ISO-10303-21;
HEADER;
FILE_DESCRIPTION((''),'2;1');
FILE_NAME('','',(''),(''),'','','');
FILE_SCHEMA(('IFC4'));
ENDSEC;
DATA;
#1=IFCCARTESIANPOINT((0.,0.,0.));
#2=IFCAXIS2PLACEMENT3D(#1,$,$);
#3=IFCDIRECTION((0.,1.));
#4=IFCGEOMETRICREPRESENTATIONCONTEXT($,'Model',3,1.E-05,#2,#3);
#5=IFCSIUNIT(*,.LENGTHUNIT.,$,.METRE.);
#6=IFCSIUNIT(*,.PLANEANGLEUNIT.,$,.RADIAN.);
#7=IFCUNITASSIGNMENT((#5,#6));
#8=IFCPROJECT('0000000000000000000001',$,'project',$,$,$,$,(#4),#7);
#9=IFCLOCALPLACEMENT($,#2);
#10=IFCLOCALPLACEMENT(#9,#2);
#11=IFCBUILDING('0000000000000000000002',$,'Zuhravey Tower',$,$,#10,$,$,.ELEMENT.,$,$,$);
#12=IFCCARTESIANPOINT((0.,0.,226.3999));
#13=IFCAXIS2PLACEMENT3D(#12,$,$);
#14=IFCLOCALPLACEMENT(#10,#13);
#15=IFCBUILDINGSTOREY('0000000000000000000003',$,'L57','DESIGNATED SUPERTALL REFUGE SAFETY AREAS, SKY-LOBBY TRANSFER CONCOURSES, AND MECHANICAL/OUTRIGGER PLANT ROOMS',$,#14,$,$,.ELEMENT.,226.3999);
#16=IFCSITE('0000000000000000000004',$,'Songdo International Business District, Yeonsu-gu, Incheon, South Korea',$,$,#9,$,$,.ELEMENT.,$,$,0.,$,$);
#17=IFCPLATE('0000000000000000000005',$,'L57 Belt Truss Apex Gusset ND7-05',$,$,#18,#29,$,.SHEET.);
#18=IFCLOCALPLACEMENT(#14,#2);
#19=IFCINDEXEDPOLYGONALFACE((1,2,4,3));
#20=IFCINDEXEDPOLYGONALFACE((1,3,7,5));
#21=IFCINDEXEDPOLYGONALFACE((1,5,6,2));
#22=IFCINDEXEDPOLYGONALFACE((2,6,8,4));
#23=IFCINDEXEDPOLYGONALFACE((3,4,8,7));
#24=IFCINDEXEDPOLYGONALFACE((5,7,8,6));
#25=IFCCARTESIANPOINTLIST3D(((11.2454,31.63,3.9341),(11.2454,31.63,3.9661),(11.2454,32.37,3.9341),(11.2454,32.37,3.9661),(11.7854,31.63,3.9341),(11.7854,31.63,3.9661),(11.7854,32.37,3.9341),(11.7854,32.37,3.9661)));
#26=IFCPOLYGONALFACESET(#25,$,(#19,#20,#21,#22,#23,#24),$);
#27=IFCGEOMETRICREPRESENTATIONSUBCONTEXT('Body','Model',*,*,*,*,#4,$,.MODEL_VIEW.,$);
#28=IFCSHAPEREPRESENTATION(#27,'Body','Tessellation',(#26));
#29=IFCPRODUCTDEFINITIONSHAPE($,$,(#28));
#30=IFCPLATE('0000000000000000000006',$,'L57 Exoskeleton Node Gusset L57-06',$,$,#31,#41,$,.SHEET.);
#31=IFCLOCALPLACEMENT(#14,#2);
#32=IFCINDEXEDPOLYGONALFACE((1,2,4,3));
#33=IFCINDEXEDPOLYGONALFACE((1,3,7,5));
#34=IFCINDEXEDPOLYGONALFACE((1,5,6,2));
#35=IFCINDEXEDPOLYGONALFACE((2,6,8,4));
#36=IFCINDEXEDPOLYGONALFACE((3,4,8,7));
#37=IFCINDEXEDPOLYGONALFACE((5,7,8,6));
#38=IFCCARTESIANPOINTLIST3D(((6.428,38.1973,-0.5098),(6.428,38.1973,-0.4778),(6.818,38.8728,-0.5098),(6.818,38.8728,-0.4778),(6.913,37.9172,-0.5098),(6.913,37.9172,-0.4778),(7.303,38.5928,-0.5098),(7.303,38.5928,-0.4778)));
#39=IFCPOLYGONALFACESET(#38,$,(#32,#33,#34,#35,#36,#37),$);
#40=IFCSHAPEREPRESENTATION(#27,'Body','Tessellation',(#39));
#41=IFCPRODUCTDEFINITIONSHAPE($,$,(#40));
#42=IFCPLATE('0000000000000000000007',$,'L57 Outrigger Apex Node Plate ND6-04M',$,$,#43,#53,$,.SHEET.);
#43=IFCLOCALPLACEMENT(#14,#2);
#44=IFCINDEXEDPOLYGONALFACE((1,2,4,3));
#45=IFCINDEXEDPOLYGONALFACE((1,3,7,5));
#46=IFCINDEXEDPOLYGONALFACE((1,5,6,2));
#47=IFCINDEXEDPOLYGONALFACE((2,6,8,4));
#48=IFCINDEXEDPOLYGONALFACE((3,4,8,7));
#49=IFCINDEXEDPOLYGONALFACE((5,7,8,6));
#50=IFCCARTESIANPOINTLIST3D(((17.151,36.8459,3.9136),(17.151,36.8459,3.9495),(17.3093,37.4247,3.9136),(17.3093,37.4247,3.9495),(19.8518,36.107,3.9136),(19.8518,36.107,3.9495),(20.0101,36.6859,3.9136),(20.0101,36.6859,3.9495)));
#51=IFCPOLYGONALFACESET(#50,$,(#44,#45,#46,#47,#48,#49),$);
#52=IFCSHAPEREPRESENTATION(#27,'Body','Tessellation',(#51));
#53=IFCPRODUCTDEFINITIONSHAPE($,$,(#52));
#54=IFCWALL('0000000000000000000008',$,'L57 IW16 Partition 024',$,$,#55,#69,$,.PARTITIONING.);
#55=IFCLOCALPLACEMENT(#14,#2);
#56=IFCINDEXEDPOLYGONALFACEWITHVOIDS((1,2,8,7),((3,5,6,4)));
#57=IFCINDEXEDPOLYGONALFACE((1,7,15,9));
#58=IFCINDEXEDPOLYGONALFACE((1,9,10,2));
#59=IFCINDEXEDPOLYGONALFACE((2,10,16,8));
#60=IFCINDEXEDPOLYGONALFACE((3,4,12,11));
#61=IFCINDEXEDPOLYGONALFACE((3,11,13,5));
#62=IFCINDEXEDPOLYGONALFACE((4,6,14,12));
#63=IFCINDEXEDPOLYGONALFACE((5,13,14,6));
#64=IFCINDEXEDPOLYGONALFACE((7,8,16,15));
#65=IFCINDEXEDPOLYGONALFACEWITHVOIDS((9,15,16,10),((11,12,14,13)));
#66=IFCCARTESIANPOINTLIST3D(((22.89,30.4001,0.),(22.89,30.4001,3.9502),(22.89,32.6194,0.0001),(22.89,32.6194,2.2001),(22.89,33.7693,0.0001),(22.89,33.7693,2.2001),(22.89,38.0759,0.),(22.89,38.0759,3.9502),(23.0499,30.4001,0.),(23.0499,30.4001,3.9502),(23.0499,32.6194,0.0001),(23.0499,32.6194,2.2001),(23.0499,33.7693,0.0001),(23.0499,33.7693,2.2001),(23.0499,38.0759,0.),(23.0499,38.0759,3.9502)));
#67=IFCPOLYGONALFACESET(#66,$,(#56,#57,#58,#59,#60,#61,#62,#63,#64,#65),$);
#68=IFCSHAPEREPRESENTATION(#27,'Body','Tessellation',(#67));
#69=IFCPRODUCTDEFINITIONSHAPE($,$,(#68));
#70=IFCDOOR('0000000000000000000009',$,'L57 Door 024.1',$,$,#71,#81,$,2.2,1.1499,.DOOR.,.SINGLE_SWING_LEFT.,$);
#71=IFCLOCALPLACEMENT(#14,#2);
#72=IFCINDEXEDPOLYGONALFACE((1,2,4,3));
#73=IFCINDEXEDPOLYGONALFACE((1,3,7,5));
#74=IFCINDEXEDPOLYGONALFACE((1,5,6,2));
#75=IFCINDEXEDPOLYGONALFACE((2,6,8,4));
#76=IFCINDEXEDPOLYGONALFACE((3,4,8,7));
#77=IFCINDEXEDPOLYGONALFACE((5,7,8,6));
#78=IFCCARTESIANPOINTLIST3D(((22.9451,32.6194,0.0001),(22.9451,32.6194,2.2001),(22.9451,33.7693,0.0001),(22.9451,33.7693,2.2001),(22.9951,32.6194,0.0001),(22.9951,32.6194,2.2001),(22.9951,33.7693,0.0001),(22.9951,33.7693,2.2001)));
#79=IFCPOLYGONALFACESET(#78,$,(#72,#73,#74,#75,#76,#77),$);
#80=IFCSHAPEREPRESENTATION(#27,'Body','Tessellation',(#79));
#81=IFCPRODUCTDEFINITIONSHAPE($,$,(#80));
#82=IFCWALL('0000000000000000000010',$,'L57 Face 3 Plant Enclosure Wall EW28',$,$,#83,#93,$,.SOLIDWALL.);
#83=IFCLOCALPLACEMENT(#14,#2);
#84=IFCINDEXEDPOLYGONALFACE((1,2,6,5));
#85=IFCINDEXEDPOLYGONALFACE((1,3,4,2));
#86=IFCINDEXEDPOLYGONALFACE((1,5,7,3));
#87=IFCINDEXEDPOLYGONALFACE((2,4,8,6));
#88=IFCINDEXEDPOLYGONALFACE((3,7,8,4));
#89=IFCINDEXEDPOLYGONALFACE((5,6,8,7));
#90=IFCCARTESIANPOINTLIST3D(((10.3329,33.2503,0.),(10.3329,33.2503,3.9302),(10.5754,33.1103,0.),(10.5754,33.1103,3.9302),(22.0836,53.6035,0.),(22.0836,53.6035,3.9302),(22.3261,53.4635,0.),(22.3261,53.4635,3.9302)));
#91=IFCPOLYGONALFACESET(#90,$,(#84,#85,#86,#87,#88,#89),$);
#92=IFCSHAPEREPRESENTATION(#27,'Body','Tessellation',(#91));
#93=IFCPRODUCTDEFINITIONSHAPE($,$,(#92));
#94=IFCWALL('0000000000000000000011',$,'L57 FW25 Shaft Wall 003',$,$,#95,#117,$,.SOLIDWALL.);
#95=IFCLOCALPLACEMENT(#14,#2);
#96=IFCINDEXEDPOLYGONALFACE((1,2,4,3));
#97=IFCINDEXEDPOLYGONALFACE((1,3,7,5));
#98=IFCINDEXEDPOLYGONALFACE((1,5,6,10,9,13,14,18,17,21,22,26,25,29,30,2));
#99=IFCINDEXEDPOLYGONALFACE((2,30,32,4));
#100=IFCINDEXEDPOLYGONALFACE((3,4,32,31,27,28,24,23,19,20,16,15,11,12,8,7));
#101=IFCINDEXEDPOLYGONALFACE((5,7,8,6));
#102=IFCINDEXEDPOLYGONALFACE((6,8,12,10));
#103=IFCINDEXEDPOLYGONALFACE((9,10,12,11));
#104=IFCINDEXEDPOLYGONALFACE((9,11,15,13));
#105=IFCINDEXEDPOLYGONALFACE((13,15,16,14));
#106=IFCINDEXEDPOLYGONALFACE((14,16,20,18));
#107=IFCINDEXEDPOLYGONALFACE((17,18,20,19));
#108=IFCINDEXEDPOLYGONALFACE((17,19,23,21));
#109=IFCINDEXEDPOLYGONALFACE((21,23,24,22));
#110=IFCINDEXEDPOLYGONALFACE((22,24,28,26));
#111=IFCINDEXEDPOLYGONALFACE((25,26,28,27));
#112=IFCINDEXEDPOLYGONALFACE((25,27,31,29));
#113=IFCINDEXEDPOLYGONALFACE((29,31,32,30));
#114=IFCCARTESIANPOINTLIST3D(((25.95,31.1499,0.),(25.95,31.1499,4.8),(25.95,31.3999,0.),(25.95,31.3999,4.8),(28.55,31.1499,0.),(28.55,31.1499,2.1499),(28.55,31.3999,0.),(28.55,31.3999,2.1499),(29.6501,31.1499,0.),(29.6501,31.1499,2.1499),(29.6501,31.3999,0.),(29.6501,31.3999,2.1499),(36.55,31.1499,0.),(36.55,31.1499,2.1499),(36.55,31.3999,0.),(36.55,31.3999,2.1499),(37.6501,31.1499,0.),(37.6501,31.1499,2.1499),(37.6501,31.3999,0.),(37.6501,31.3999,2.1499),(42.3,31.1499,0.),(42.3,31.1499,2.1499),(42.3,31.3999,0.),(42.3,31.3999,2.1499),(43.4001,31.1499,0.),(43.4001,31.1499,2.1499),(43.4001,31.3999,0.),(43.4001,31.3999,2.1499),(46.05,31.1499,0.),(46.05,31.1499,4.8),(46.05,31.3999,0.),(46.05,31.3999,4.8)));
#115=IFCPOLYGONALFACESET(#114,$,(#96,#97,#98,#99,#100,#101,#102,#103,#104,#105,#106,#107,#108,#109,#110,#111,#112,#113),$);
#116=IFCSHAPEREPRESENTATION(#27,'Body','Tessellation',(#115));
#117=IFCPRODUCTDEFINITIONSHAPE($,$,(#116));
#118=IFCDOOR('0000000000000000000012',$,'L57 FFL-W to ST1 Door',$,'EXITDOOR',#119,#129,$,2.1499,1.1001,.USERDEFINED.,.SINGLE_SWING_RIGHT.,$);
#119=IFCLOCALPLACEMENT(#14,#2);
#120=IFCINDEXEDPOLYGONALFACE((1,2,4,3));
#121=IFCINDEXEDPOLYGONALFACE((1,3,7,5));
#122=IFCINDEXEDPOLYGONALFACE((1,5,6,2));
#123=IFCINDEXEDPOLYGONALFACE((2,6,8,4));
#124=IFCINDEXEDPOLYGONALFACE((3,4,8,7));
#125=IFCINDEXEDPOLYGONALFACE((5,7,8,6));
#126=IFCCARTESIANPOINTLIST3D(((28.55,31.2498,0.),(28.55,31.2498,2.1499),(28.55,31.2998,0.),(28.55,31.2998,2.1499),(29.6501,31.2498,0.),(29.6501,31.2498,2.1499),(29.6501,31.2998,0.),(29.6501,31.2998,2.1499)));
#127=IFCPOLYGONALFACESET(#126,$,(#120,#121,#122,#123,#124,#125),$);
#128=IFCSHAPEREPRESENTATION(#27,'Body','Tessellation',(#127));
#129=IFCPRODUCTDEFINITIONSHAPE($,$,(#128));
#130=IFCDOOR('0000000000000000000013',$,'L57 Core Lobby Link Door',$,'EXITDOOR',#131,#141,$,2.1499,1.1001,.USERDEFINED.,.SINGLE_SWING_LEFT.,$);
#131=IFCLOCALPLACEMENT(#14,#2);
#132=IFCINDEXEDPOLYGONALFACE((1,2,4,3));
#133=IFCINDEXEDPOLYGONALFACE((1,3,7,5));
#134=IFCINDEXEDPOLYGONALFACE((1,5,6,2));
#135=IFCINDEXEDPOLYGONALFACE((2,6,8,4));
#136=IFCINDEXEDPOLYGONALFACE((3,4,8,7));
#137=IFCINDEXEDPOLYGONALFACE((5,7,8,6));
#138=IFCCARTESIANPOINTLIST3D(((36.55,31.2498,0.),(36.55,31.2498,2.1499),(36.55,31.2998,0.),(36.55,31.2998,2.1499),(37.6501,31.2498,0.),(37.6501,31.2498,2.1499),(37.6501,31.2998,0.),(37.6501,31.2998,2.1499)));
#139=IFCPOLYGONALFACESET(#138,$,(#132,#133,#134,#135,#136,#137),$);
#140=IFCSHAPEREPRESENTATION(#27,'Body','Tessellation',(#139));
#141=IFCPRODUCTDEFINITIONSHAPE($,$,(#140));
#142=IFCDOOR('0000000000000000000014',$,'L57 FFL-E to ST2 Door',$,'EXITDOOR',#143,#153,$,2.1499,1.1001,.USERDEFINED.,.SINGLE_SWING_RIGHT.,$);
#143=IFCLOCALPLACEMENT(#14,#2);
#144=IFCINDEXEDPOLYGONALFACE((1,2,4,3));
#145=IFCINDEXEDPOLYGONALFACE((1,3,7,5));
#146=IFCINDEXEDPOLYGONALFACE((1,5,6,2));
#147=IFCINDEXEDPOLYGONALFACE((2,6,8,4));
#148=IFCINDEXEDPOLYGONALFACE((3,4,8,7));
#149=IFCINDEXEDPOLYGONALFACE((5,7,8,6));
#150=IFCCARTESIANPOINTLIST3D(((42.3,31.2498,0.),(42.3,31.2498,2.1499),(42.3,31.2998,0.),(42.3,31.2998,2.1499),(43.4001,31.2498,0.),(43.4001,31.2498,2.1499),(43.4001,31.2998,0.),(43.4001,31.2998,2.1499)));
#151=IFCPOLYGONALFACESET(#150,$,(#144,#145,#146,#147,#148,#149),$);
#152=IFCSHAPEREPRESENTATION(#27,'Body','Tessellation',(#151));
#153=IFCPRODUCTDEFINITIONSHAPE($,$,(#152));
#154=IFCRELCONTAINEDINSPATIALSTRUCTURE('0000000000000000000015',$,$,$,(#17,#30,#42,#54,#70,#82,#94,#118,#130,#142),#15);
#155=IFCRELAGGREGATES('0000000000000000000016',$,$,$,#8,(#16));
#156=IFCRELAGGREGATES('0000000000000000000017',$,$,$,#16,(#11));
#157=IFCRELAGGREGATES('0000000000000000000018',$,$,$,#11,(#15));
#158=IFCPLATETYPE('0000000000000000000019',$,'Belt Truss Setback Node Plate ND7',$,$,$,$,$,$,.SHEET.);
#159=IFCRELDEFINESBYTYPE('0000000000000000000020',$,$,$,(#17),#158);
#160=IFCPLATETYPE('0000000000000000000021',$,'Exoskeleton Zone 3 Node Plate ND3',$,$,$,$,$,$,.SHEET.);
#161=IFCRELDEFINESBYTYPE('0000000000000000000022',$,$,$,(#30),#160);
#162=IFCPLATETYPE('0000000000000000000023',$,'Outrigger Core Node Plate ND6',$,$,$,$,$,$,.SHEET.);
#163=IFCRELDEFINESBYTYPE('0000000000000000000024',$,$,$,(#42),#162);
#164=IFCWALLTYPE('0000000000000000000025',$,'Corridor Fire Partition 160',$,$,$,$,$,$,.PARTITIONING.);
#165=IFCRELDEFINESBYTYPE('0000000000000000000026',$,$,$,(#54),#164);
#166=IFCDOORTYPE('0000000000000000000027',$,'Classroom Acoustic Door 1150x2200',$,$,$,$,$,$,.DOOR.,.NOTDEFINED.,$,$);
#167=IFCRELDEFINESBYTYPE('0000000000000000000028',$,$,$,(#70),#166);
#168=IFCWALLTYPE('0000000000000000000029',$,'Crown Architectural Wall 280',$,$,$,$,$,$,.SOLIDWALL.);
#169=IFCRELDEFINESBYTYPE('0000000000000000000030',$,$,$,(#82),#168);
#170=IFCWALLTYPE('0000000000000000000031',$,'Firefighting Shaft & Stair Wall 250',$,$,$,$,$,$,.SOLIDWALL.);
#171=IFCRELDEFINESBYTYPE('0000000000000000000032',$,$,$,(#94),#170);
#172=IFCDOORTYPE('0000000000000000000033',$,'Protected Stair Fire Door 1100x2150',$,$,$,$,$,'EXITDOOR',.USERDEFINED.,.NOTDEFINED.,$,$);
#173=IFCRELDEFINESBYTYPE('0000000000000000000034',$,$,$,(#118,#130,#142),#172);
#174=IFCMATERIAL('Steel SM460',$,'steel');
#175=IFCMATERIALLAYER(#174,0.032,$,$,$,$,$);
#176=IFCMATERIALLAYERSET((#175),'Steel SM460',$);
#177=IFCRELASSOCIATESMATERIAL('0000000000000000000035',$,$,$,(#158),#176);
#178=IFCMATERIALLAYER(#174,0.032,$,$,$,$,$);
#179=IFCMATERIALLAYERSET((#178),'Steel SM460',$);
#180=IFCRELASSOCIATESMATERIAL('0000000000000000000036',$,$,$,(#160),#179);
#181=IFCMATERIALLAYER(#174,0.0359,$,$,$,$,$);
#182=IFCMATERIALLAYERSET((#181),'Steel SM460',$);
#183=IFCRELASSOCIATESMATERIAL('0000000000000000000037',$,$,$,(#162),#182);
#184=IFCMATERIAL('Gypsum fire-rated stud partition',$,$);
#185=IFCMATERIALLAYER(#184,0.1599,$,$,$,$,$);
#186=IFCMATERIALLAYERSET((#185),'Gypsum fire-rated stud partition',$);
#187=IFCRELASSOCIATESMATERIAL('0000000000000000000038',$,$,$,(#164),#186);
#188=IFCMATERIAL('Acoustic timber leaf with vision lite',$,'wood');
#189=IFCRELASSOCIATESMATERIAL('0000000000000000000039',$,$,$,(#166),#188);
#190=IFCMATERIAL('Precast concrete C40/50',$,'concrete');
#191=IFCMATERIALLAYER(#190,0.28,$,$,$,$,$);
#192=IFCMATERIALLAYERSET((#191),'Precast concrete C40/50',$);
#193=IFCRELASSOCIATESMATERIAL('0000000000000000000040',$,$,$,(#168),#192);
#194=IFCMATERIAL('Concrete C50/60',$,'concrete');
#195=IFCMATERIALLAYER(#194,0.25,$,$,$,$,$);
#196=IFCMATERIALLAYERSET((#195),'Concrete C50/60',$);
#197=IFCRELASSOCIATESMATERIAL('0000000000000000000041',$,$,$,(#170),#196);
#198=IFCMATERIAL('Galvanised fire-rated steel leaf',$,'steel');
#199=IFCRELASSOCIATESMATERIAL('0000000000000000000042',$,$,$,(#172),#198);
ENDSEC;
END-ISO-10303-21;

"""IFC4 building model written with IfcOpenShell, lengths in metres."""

from ifc_helpers import new_model, si_unit, direction, frame, frame_2d, origin, origin_2d, place, context, subcontext, project, spatial, rectangle, extrude, material, layer, layer_set, type_object, element, fill, save


model = new_model("IFC4")

# Units and contexts
model_context = context("Model", 3, precision=1e-05, world=origin(), true_north=direction((0.0, 1.0)))
body_context = subcontext(model_context, "Body", "Model", "MODEL_VIEW")
ifc_project = project(units=[si_unit("LENGTHUNIT", "METRE"), si_unit("PLANEANGLEUNIT", "RADIAN")], contexts=[model_context])

# Site, building, storey
site_placement = place(None, origin())
site = spatial("IfcSite", under=ifc_project, at=site_placement, Name="Songdo International Business District, Yeonsu-gu, Incheon, South Korea", CompositionType="ELEMENT", RefElevation=0.0)
building_placement = place(site_placement, origin())
building = spatial("IfcBuilding", under=site, at=building_placement, Name="Zuhravey Tower", CompositionType="ELEMENT")
storey_placement = place(building_placement, frame((0.0, 0.0, 226.3999)))
storey = spatial("IfcBuildingStorey", under=building, at=storey_placement, Name="L57", Description="DESIGNATED SUPERTALL REFUGE SAFETY AREAS, SKY-LOBBY TRANSFER CONCOURSES, AND MECHANICAL/OUTRIGGER PLANT ROOMS", CompositionType="ELEMENT", Elevation=226.3999)

# Shared definitions
ifc_material_1 = material(Name="Concrete C50/60", Category="concrete")

# Shared definitions
ifc_material_2 = material(Name="Steel SM460", Category="steel")

# Plates
ifc_layer_1 = layer(ifc_material_2, 0.032)
ifc_layer_set_1 = layer_set([ifc_layer_1], Name="Steel SM460")
plate_type_1 = type_object("IfcPlateType", Name="Belt Truss Setback Node Plate ND7", PredefinedType="SHEET", material=ifc_layer_set_1)
plate_1_placement = place(storey_placement, frame((11.5154, 32.0, 3.9341), z_axis=(0.0, 0.0, 1.0), x_axis=(0.0, -1.0, 0.0)))
element("IfcPlate", 1, at=plate_1_placement, inside=storey, type_object=plate_type_1, Name="L57 Belt Truss Apex Gusset ND7-05", PredefinedType="SHEET", context=body_context, shape_type="SweptSolid", body=[
    extrude(rectangle(XDim=0.74, YDim=0.54, at=origin_2d()), origin(), (0.0, 0.0, 1.0), 0.032),
])
ifc_layer_2 = layer(ifc_material_2, 0.032)
ifc_layer_set_2 = layer_set([ifc_layer_2], Name="Steel SM460")
plate_type_2 = type_object("IfcPlateType", Name="Exoskeleton Zone 3 Node Plate ND3", PredefinedType="SHEET", material=ifc_layer_set_2)
plate_2_placement = place(storey_placement, frame((6.8655, 38.395, -0.5098), z_axis=(0.0, 0.0, 1.0), x_axis=(-0.5, -0.866025, 0.0)))
element("IfcPlate", 2, at=plate_2_placement, inside=storey, type_object=plate_type_2, Name="L57 Exoskeleton Node Gusset L57-06", PredefinedType="SHEET", context=body_context, shape_type="SweptSolid", body=[
    extrude(rectangle(XDim=0.78, YDim=0.5601, at=origin_2d()), origin(), (0.0, 0.0, 1.0), 0.032),
])
ifc_layer_3 = layer(ifc_material_2, 0.0359)
ifc_layer_set_3 = layer_set([ifc_layer_3], Name="Steel SM460")
plate_type_3 = type_object("IfcPlateType", Name="Outrigger Core Node Plate ND6", PredefinedType="SHEET", material=ifc_layer_set_3)
plate_3_placement = place(storey_placement, frame((18.5806, 36.7659, 3.9136), z_axis=(0.0, 0.0, 1.0), x_axis=(-0.964557, 0.263873, 0.0)))
element("IfcPlate", 3, at=plate_3_placement, inside=storey, type_object=plate_type_3, Name="L57 Outrigger Apex Node Plate ND6-04M", PredefinedType="SHEET", context=body_context, shape_type="SweptSolid", body=[
    extrude(rectangle(XDim=2.8, YDim=0.6001, at=origin_2d()), origin(), (0.0, 0.0, 1.0), 0.0359),
])

# Wall, opening, door
ifc_material_3 = material(Name="Gypsum fire-rated stud partition")
ifc_layer_4 = layer(ifc_material_3, 0.1599)
ifc_layer_set_4 = layer_set([ifc_layer_4], Name="Gypsum fire-rated stud partition")
wall_type_1 = type_object("IfcWallType", Name="Corridor Fire Partition 160", PredefinedType="PARTITIONING", material=ifc_layer_set_4)
wall_1_placement = place(storey_placement, frame((22.97, 38.0759, 0.0), z_axis=(0.0, 0.0, 1.0), x_axis=(0.0, -1.0, 0.0)))
wall_1 = element("IfcWall", 4, at=wall_1_placement, inside=storey, type_object=wall_type_1, Name="L57 IW16 Partition 024", PredefinedType="PARTITIONING", context=body_context, shape_type="SweptSolid", body=[
    extrude(rectangle(XDim=7.6758, YDim=0.1599, at=frame_2d((3.8379, 0.0))), origin(), (0.0, 0.0, 1.0), 3.9502),
])
opening_1_placement = place(wall_1_placement, frame((4.3066, 0.0, 0.0)))
opening_1 = element("IfcOpeningElement", 5, at=opening_1_placement, cuts=wall_1, PredefinedType="OPENING", context=body_context, shape_type="SweptSolid", body=[
    extrude(rectangle(XDim=1.1499, YDim=2.2, at=frame_2d((0.575, 1.1001))), frame((0.0, 0.092, 0.0), z_axis=(0.0, -1.0, 0.0), x_axis=(1.0, 0.0, 0.0)), (0.0, 0.0, 1.0), 0.1838),
])
ifc_material_4 = material(Name="Acoustic timber leaf with vision lite", Category="wood")
door_type_1 = type_object("IfcDoorType", Name="Classroom Acoustic Door 1150x2200", OperationType="NOTDEFINED", PredefinedType="DOOR", material=ifc_material_4)
door_1_placement = place(opening_1_placement, frame((1.1499, 0.0, 0.0), z_axis=(0.0, 0.0, 1.0), x_axis=(-1.0, 0.0, 0.0)))
door_1 = element("IfcDoor", 6, at=door_1_placement, inside=storey, type_object=door_type_1, Name="L57 Door 024.1", OperationType="SINGLE_SWING_LEFT", OverallHeight=2.2, OverallWidth=1.1499, PredefinedType="DOOR", context=body_context, shape_type="SweptSolid", body=[
    extrude(rectangle(XDim=1.1499, YDim=2.2, at=frame_2d((0.575, 1.1001))), frame((0.0, 0.0249, 0.0), z_axis=(0.0, -1.0, 0.0), x_axis=(1.0, 0.0, 0.0)), (0.0, 0.0, 1.0), 0.05),
])
fill(opening_1, door_1)

# Wall
ifc_material_5 = material(Name="Precast concrete C40/50", Category="concrete")
ifc_layer_5 = layer(ifc_material_5, 0.28)
ifc_layer_set_5 = layer_set([ifc_layer_5], Name="Precast concrete C40/50")
wall_type_2 = type_object("IfcWallType", Name="Crown Architectural Wall 280", PredefinedType="SOLIDWALL", material=ifc_layer_set_5)
wall_2_placement = place(storey_placement, frame((10.4541, 33.1802, 0.0), z_axis=(0.0, 0.0, 1.0), x_axis=(0.499993, 0.86603, 0.0)))
element("IfcWall", 7, at=wall_2_placement, inside=storey, type_object=wall_type_2, Name="L57 Face 3 Plant Enclosure Wall EW28", PredefinedType="SOLIDWALL", context=body_context, shape_type="SweptSolid", body=[
    extrude(rectangle(XDim=23.5017, YDim=0.28, at=frame_2d((11.751, 0.0))), origin(), (0.0, 0.0, 1.0), 3.9302),
])

# Wall, openings, doors
ifc_layer_6 = layer(ifc_material_1, 0.25)
ifc_layer_set_6 = layer_set([ifc_layer_6], Name="Concrete C50/60")
wall_type_3 = type_object("IfcWallType", Name="Firefighting Shaft & Stair Wall 250", PredefinedType="SOLIDWALL", material=ifc_layer_set_6)
wall_3_placement = place(storey_placement, frame((25.95, 31.2749, 0.0), z_axis=(0.0, 0.0, 1.0), x_axis=(1.0, 0.0, 0.0)))
wall_3 = element("IfcWall", 8, at=wall_3_placement, inside=storey, type_object=wall_type_3, Name="L57 FW25 Shaft Wall 003", PredefinedType="SOLIDWALL", context=body_context, shape_type="SweptSolid", body=[
    extrude(rectangle(XDim=20.1001, YDim=0.25, at=frame_2d((10.05, 0.0))), origin(), (0.0, 0.0, 1.0), 4.8),
])
opening_2_placement = place(wall_3_placement, frame((2.6001, 0.0, 0.0)))
opening_2 = element("IfcOpeningElement", 9, at=opening_2_placement, cuts=wall_3, PredefinedType="OPENING", context=body_context, shape_type="SweptSolid", body=[
    extrude(rectangle(XDim=1.1001, YDim=2.1499, at=frame_2d((0.55, 1.075))), frame((0.0, 0.137, 0.0), z_axis=(0.0, -1.0, 0.0), x_axis=(1.0, 0.0, 0.0)), (0.0, 0.0, 1.0), 0.2739),
])
opening_3_placement = place(wall_3_placement, frame((10.6001, 0.0, 0.0)))
opening_3 = element("IfcOpeningElement", 10, at=opening_3_placement, cuts=wall_3, PredefinedType="OPENING", context=body_context, shape_type="SweptSolid", body=[
    extrude(rectangle(XDim=1.1001, YDim=2.1499, at=frame_2d((0.55, 1.075))), frame((0.0, 0.137, 0.0), z_axis=(0.0, -1.0, 0.0), x_axis=(1.0, 0.0, 0.0)), (0.0, 0.0, 1.0), 0.2739),
])
opening_4_placement = place(wall_3_placement, frame((16.3501, 0.0, 0.0)))
opening_4 = element("IfcOpeningElement", 11, at=opening_4_placement, cuts=wall_3, PredefinedType="OPENING", context=body_context, shape_type="SweptSolid", body=[
    extrude(rectangle(XDim=1.1001, YDim=2.1499, at=frame_2d((0.55, 1.075))), frame((0.0, 0.137, 0.0), z_axis=(0.0, -1.0, 0.0), x_axis=(1.0, 0.0, 0.0)), (0.0, 0.0, 1.0), 0.2739),
])
ifc_material_6 = material(Name="Galvanised fire-rated steel leaf", Category="steel")
door_type_2 = type_object("IfcDoorType", Name="Protected Stair Fire Door 1100x2150", ElementType="EXITDOOR", OperationType="NOTDEFINED", PredefinedType="USERDEFINED", material=ifc_material_6)
door_2_placement = place(opening_2_placement, origin())
door_2 = element("IfcDoor", 12, at=door_2_placement, inside=storey, type_object=door_type_2, Name="L57 FFL-W to ST1 Door", ObjectType="EXITDOOR", OperationType="SINGLE_SWING_RIGHT", OverallHeight=2.1499, OverallWidth=1.1001, PredefinedType="USERDEFINED", context=body_context, shape_type="SweptSolid", body=[
    extrude(rectangle(XDim=1.1001, YDim=2.1499, at=frame_2d((0.55, 1.075))), frame((0.0, 0.0249, 0.0), z_axis=(0.0, -1.0, 0.0), x_axis=(1.0, 0.0, 0.0)), (0.0, 0.0, 1.0), 0.05),
])
fill(opening_2, door_2)
door_3_placement = place(opening_3_placement, origin())
door_3 = element("IfcDoor", 13, at=door_3_placement, inside=storey, type_object=door_type_2, Name="L57 Core Lobby Link Door", ObjectType="EXITDOOR", OperationType="SINGLE_SWING_LEFT", OverallHeight=2.1499, OverallWidth=1.1001, PredefinedType="USERDEFINED", context=body_context, shape_type="SweptSolid", body=[
    extrude(rectangle(XDim=1.1001, YDim=2.1499, at=frame_2d((0.55, 1.075))), frame((0.0, 0.0249, 0.0), z_axis=(0.0, -1.0, 0.0), x_axis=(1.0, 0.0, 0.0)), (0.0, 0.0, 1.0), 0.05),
])
fill(opening_3, door_3)
door_4_placement = place(opening_4_placement, origin())
door_4 = element("IfcDoor", 14, at=door_4_placement, inside=storey, type_object=door_type_2, Name="L57 FFL-E to ST2 Door", ObjectType="EXITDOOR", OperationType="SINGLE_SWING_RIGHT", OverallHeight=2.1499, OverallWidth=1.1001, PredefinedType="USERDEFINED", context=body_context, shape_type="SweptSolid", body=[
    extrude(rectangle(XDim=1.1001, YDim=2.1499, at=frame_2d((0.55, 1.075))), frame((0.0, 0.0249, 0.0), z_axis=(0.0, -1.0, 0.0), x_axis=(1.0, 0.0, 0.0)), (0.0, 0.0, 1.0), 0.05),
])
fill(opening_4, door_4)

save(model, "model.ifc")
